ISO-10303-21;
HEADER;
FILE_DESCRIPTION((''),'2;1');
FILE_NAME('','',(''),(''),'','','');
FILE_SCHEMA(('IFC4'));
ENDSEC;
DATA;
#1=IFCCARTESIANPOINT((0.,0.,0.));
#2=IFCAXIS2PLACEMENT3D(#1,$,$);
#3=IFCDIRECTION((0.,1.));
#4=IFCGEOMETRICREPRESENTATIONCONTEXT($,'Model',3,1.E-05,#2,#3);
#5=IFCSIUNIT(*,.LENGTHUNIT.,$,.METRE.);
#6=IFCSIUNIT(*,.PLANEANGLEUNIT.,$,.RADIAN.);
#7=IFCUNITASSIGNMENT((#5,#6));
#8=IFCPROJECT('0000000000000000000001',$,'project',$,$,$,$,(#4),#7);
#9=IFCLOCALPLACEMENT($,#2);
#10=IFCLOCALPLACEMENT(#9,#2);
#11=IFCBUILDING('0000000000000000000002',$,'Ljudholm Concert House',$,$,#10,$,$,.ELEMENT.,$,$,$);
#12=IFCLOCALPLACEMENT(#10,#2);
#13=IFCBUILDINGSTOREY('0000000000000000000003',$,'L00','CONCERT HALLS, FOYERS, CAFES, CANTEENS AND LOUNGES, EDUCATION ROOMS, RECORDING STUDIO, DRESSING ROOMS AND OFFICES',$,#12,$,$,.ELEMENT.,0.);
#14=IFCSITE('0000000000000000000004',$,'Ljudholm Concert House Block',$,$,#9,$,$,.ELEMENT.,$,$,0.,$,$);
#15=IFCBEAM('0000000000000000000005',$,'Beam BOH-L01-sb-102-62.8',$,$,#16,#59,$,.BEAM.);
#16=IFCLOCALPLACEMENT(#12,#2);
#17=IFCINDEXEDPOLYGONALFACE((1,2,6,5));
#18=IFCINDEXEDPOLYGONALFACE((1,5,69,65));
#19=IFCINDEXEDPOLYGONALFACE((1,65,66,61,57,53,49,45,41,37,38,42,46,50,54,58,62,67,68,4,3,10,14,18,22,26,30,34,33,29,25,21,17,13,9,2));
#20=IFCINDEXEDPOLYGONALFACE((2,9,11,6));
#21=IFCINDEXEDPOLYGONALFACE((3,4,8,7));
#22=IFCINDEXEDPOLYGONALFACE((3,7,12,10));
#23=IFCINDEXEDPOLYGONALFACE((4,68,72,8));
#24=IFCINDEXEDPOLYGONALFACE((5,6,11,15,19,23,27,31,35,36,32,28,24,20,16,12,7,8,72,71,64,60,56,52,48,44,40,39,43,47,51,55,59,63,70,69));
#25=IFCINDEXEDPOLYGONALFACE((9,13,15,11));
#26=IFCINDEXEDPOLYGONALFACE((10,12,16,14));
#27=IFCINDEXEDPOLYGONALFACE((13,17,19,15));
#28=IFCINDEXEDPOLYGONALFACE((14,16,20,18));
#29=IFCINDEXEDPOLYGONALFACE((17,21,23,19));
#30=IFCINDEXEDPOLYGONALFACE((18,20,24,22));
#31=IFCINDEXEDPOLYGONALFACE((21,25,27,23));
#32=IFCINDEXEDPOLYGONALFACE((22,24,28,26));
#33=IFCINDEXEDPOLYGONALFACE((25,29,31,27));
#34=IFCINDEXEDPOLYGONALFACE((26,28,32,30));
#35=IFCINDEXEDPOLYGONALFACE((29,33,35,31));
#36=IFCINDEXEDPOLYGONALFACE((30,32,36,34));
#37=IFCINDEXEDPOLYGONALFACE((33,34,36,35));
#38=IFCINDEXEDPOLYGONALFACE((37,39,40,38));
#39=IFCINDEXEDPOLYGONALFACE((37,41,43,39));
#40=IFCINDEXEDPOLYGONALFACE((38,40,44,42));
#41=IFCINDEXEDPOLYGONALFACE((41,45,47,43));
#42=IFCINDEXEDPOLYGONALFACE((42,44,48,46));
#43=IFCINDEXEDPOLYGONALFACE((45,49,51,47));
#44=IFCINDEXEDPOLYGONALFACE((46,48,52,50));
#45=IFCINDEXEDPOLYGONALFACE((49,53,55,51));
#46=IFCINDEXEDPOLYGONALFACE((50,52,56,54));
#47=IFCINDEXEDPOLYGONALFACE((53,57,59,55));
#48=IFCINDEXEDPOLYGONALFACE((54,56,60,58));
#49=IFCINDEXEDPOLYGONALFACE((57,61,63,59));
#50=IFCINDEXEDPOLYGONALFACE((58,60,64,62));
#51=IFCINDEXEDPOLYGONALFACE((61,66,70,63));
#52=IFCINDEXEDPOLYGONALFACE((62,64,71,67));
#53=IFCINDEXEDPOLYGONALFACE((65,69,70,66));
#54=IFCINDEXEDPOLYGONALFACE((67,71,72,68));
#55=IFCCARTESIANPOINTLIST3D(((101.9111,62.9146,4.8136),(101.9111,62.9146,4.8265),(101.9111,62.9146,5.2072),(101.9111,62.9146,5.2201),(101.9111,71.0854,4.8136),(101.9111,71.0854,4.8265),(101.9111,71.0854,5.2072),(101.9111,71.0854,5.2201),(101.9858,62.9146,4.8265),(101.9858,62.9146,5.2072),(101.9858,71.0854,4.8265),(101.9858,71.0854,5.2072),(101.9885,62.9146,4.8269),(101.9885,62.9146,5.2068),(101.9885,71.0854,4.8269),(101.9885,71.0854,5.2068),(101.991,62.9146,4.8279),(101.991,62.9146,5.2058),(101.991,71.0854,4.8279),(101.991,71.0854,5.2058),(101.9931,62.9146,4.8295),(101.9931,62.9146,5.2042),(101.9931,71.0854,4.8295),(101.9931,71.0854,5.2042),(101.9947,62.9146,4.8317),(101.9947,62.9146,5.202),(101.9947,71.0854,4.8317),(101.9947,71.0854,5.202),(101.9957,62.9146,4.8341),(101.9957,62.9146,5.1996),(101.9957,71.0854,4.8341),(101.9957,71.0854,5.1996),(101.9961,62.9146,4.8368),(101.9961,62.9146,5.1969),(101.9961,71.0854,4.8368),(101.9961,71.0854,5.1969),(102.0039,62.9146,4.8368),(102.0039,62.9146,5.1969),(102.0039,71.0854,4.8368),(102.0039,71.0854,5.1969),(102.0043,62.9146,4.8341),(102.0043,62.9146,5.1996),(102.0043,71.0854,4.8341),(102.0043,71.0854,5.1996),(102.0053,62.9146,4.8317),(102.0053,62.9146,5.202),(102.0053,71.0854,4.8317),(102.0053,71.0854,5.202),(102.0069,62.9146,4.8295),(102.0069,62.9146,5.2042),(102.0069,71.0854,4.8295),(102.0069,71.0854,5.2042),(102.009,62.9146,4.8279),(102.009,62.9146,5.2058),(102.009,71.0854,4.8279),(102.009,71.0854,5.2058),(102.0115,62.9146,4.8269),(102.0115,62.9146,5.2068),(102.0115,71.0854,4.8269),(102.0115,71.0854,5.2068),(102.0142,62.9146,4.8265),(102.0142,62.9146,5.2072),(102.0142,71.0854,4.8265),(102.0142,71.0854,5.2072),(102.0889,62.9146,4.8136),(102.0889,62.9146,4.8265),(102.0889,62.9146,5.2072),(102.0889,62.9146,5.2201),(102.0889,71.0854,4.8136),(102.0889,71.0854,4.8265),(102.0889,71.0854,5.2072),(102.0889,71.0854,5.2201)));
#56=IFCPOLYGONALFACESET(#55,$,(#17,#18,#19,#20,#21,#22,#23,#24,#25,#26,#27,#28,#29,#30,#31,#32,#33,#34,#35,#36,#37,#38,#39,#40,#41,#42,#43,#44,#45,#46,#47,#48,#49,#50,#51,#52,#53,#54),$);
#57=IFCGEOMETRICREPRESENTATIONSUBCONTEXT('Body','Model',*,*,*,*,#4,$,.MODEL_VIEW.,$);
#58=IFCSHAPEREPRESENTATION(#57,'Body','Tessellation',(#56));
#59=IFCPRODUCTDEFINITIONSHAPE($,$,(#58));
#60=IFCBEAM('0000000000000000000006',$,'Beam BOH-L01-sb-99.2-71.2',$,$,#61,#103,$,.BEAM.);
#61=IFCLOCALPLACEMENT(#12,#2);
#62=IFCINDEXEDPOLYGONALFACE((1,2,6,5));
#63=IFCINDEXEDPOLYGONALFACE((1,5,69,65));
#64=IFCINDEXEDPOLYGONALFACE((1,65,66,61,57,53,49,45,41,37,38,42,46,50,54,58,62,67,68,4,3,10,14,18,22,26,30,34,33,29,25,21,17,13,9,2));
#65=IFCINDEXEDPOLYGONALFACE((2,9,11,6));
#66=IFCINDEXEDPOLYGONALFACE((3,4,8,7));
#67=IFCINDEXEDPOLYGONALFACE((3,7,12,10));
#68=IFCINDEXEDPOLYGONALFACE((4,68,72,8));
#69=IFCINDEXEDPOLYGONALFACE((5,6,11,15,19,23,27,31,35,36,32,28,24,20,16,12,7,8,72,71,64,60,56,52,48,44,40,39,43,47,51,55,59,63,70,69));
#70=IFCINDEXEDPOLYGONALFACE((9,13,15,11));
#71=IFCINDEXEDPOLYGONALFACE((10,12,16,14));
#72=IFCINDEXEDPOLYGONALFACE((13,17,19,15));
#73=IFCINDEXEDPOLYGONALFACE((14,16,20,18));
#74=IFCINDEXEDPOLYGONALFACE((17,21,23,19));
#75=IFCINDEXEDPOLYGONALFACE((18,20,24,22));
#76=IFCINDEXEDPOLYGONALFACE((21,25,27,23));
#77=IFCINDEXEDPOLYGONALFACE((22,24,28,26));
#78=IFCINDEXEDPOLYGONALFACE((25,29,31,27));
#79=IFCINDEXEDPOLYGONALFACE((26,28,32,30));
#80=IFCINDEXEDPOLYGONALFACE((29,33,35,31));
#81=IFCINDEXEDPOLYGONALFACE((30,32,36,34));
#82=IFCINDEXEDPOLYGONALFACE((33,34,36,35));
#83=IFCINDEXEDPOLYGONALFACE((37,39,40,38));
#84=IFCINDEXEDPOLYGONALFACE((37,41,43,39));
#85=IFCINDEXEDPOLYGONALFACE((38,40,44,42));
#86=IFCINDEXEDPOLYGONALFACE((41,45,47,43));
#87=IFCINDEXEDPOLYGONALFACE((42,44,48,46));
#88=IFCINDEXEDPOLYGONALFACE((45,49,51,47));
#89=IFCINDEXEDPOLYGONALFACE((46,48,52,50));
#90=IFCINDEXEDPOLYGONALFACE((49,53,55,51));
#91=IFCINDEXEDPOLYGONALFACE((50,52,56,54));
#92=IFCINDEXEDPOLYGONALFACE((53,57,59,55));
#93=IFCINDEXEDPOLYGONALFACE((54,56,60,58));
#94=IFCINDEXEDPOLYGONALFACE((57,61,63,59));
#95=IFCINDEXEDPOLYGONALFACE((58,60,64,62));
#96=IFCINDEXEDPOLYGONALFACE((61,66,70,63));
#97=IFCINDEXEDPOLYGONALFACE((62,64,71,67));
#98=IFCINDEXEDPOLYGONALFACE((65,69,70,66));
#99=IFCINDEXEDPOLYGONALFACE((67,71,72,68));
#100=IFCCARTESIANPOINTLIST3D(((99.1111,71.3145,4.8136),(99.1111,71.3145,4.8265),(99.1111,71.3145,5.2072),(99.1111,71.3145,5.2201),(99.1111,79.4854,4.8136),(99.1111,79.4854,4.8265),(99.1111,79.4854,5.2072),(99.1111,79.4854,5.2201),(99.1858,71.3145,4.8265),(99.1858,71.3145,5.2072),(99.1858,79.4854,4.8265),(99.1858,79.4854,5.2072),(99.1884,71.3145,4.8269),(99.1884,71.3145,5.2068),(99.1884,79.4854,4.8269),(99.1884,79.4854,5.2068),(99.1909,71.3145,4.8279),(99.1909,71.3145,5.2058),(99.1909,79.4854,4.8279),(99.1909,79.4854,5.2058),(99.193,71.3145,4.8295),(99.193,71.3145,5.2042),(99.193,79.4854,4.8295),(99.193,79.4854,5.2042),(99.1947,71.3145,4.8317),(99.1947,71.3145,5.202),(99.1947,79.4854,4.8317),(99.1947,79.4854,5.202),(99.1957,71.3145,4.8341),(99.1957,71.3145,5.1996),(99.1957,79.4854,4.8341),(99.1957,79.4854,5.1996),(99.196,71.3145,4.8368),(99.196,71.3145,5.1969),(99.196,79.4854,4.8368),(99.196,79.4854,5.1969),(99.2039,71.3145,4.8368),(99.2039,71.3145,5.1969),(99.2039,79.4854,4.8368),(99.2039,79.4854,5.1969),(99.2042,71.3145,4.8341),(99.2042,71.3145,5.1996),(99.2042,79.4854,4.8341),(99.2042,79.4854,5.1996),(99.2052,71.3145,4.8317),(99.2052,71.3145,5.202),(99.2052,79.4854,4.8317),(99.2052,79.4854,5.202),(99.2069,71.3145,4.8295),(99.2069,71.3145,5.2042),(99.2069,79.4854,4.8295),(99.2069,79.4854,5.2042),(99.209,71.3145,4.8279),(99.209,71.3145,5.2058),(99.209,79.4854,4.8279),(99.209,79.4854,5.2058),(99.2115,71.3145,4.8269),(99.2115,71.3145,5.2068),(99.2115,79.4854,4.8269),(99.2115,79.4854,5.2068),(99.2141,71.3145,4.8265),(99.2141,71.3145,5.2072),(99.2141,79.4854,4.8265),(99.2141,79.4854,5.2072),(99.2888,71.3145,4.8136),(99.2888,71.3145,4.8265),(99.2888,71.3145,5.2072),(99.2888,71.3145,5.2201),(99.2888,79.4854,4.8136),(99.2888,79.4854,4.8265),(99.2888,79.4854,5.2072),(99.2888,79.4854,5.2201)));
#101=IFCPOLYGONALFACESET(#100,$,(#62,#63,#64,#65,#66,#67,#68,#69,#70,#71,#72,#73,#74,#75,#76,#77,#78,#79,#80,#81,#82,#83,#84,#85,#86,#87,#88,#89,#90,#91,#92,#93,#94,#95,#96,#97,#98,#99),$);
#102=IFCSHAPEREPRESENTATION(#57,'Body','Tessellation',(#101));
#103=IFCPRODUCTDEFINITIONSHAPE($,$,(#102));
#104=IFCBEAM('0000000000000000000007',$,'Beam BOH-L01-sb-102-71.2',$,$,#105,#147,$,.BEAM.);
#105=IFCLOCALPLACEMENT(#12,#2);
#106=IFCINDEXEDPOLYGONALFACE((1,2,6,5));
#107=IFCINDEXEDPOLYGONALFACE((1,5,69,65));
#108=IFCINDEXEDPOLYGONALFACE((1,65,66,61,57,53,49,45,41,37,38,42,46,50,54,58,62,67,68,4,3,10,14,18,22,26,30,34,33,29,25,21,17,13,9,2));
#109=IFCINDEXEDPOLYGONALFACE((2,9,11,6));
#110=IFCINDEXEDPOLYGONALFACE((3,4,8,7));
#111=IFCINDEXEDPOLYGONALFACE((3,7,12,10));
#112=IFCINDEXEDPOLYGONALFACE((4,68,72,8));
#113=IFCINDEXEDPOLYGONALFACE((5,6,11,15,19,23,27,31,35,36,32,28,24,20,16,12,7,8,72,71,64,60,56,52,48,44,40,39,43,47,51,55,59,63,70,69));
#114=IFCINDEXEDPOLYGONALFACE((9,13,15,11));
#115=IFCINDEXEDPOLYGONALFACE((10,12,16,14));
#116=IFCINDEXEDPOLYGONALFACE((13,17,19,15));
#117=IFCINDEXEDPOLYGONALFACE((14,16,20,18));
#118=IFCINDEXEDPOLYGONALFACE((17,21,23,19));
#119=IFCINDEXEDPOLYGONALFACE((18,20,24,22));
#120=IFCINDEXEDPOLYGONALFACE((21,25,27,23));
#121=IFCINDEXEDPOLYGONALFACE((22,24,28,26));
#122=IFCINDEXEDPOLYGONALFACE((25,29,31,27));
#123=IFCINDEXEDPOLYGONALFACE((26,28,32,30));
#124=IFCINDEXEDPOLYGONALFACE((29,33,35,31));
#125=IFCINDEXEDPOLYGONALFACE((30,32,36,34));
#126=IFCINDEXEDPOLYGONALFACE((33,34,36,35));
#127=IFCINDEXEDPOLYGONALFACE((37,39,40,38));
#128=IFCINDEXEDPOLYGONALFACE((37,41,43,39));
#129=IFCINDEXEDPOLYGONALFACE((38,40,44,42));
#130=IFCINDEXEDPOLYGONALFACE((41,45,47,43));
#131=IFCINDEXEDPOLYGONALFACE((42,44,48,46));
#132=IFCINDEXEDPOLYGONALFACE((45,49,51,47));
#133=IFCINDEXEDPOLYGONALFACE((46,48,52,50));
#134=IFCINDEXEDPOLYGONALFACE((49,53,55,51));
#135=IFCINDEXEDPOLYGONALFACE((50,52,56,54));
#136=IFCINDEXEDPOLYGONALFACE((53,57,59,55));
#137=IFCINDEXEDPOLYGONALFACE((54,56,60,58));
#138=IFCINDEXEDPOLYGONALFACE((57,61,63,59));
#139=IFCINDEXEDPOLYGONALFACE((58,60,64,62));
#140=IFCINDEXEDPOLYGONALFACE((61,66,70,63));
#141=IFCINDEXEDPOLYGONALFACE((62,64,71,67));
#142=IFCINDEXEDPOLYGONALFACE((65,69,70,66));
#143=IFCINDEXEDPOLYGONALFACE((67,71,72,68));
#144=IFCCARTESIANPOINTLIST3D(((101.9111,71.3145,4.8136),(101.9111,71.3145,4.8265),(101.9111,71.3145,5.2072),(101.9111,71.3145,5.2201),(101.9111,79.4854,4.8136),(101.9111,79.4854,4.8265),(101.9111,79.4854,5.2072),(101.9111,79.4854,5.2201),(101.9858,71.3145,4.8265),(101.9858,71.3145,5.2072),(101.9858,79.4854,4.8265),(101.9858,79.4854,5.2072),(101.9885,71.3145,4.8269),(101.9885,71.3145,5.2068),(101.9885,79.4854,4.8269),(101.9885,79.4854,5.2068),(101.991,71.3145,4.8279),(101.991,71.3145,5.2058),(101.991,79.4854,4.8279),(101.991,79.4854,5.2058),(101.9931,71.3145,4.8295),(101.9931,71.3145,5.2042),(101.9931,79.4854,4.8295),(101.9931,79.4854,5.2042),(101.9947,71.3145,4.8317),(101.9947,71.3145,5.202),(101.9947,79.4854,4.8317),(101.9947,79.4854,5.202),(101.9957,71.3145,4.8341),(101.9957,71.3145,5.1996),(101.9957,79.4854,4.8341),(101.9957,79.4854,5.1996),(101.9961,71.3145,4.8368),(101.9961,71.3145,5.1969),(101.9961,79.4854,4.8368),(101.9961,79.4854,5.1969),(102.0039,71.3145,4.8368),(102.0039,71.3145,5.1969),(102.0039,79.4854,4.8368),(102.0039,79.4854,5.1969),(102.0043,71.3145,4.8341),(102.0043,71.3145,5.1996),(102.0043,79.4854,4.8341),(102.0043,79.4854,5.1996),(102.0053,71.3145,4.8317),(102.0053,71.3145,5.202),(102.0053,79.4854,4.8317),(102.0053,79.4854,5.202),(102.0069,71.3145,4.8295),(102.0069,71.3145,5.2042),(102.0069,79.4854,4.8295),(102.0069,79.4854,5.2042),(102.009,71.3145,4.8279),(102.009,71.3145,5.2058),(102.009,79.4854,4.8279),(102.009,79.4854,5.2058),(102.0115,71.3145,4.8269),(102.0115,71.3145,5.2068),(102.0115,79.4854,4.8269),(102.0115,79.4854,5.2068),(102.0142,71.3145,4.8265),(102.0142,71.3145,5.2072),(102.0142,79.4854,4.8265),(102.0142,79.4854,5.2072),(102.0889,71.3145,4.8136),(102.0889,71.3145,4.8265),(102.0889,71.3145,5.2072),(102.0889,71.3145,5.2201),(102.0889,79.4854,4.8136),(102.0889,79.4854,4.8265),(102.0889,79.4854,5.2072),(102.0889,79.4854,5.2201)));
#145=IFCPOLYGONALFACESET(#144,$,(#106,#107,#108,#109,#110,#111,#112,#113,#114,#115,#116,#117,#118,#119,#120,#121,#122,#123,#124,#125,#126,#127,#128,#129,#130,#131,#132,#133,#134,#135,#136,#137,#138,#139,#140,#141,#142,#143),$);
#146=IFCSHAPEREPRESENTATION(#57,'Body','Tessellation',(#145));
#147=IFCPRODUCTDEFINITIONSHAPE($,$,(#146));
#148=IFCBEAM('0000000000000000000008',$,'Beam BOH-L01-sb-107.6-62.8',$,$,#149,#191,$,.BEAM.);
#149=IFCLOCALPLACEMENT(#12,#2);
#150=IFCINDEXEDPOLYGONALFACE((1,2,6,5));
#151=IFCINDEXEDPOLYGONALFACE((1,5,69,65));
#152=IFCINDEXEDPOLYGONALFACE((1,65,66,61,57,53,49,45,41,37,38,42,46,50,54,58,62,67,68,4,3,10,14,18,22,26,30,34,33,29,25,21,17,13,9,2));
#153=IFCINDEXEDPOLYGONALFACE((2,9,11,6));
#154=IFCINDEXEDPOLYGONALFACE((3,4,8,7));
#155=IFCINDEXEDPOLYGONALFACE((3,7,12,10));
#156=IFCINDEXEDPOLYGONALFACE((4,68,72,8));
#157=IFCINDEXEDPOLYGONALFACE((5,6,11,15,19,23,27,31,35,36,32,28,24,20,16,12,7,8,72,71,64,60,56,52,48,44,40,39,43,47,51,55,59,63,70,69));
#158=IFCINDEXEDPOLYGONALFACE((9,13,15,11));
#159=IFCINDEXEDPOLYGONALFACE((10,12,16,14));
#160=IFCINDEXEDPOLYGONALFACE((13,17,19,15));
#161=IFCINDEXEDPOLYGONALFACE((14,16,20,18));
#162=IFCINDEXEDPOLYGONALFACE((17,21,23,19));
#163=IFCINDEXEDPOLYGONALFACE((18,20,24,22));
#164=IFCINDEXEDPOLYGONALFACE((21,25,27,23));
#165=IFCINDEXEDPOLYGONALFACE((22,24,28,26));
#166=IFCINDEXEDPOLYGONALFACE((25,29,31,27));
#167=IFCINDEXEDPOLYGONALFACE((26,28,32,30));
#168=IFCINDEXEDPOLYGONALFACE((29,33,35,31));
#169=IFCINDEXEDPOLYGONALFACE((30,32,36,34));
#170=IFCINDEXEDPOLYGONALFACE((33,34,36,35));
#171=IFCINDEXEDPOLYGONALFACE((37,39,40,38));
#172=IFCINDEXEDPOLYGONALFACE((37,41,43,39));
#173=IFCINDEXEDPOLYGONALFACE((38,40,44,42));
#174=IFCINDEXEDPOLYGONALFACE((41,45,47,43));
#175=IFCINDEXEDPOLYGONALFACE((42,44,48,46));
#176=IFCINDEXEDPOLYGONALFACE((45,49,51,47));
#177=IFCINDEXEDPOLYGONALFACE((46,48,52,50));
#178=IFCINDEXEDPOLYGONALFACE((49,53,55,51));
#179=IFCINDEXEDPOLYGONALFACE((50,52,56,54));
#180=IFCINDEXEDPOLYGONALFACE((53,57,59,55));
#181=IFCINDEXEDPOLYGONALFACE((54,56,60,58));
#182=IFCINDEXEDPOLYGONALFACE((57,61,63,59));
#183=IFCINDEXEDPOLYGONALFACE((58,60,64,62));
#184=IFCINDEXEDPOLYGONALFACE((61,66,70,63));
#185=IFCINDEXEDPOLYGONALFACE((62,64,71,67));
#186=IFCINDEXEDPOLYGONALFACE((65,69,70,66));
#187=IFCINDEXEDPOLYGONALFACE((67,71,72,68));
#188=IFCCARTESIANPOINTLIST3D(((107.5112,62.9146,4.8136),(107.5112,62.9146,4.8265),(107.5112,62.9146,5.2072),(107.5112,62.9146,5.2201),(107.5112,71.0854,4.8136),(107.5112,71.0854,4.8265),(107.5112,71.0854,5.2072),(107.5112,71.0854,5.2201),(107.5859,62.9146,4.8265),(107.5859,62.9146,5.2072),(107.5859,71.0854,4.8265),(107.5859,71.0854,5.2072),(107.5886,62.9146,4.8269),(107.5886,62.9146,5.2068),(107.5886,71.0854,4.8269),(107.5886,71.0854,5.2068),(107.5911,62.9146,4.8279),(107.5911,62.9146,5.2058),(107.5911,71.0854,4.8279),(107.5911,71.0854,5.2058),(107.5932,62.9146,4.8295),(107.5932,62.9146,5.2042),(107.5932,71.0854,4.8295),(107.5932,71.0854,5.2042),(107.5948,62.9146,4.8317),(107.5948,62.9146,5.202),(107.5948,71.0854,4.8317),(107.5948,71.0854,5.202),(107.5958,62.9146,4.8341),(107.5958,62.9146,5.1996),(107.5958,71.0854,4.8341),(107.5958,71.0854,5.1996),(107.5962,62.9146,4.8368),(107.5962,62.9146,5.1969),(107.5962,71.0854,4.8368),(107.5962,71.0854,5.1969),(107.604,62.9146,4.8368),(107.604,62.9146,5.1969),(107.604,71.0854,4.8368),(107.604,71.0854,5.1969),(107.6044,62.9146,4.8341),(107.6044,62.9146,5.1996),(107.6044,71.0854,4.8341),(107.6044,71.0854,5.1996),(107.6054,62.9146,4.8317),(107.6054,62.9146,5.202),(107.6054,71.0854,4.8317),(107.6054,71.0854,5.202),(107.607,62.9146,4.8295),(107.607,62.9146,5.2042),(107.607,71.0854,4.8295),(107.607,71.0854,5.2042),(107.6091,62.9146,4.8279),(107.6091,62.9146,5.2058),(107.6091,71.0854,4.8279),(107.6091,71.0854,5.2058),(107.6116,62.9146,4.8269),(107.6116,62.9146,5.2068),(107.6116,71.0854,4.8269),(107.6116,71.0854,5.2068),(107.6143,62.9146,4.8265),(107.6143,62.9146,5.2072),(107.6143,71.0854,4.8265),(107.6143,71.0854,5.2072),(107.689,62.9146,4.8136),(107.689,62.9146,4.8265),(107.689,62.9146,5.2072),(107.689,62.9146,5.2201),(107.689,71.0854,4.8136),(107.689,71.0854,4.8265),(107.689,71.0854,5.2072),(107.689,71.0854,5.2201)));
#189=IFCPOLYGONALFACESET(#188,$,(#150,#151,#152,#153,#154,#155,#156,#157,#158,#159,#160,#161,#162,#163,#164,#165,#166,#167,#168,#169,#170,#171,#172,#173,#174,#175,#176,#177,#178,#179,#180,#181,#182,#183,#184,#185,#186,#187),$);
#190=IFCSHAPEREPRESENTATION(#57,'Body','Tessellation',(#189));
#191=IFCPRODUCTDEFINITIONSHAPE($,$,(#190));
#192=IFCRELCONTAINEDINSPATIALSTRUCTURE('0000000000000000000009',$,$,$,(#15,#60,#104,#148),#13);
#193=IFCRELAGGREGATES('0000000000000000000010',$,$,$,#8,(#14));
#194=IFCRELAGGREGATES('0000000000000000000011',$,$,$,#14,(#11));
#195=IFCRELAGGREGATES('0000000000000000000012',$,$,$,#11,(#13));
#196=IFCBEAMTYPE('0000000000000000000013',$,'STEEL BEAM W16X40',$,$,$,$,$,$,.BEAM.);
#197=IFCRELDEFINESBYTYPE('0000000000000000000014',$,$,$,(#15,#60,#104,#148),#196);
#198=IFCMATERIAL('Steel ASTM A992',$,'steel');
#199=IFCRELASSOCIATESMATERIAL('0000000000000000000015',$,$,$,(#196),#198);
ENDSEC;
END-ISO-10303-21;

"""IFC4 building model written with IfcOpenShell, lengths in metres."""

from ifc_helpers import new_model, si_unit, direction, frame, origin, origin_2d, place, context, subcontext, project, spatial, i_section, extrude, material, material_profile, profile_set, type_object, element, save


model = new_model("IFC4")

# Units and contexts
model_context = context("Model", 3, precision=1e-05, world=origin(), true_north=direction((0.0, 1.0)))
body_context = subcontext(model_context, "Body", "Model", "MODEL_VIEW")
ifc_project = project(units=[si_unit("LENGTHUNIT", "METRE"), si_unit("PLANEANGLEUNIT", "RADIAN")], contexts=[model_context])

# Site, building, storey
site_placement = place(None, origin())
site = spatial("IfcSite", under=ifc_project, at=site_placement, Name="Ljudholm Concert House Block", CompositionType="ELEMENT", RefElevation=0.0)
building_placement = place(site_placement, origin())
building = spatial("IfcBuilding", under=site, at=building_placement, Name="Ljudholm Concert House", CompositionType="ELEMENT")
storey_placement = place(building_placement, origin())
storey = spatial("IfcBuildingStorey", under=building, at=storey_placement, Name="L00", Description="CONCERT HALLS, FOYERS, CAFES, CANTEENS AND LOUNGES, EDUCATION ROOMS, RECORDING STUDIO, DRESSING ROOMS AND OFFICES", CompositionType="ELEMENT", Elevation=0.0)

# Beams
ifc_material_1 = material(Name="Steel ASTM A992", Category="steel")
ifc_material_profile_1 = material_profile(ifc_material_1, i_section(OverallWidth=0.1777, OverallDepth=0.4065, WebThickness=0.0078, FlangeThickness=0.0129, FilletRadius=0.0103, at=origin_2d()), Name="W16X40")
ifc_profile_set_1 = profile_set([ifc_material_profile_1], Name="Steel ASTM A992")
beam_type_1 = type_object("IfcBeamType", Name="STEEL BEAM W16X40", PredefinedType="BEAM", material=ifc_profile_set_1)
for number, where, z_axis, x_axis, name in (
    (1, (102.0, 62.9146, 5.0168), (0.0, 1.0, 0.0), (-1.0, 0.0, 0.0), "Beam BOH-L01-sb-102-62.8"),
    (2, (99.2, 71.3145, 5.0168), (0.0, 1.0, 0.0), (-1.0, 0.0, 0.0), "Beam BOH-L01-sb-99.2-71.2"),
    (3, (102.0, 71.3145, 5.0168), (0.0, 1.0, 0.0), (-1.0, 0.0, 0.0), "Beam BOH-L01-sb-102-71.2"),
    (4, (107.6001, 62.9146, 5.0168), (0.0, 1.0, 0.0), (-1.0, 0.0, 0.0), "Beam BOH-L01-sb-107.6-62.8"),
):
    element("IfcBeam", number, at=place(storey_placement, frame(where, z_axis=z_axis, x_axis=x_axis)), inside=storey, type_object=beam_type_1, Name=name, PredefinedType="BEAM", context=body_context, shape_type="SweptSolid", body=[
        extrude(i_section(OverallWidth=0.1777, OverallDepth=0.4065, WebThickness=0.0078, FlangeThickness=0.0129, FilletRadius=0.0103, at=origin_2d()), origin(), (0.0, 0.0, 1.0), 8.1709),
    ])

save(model, "model.ifc")
